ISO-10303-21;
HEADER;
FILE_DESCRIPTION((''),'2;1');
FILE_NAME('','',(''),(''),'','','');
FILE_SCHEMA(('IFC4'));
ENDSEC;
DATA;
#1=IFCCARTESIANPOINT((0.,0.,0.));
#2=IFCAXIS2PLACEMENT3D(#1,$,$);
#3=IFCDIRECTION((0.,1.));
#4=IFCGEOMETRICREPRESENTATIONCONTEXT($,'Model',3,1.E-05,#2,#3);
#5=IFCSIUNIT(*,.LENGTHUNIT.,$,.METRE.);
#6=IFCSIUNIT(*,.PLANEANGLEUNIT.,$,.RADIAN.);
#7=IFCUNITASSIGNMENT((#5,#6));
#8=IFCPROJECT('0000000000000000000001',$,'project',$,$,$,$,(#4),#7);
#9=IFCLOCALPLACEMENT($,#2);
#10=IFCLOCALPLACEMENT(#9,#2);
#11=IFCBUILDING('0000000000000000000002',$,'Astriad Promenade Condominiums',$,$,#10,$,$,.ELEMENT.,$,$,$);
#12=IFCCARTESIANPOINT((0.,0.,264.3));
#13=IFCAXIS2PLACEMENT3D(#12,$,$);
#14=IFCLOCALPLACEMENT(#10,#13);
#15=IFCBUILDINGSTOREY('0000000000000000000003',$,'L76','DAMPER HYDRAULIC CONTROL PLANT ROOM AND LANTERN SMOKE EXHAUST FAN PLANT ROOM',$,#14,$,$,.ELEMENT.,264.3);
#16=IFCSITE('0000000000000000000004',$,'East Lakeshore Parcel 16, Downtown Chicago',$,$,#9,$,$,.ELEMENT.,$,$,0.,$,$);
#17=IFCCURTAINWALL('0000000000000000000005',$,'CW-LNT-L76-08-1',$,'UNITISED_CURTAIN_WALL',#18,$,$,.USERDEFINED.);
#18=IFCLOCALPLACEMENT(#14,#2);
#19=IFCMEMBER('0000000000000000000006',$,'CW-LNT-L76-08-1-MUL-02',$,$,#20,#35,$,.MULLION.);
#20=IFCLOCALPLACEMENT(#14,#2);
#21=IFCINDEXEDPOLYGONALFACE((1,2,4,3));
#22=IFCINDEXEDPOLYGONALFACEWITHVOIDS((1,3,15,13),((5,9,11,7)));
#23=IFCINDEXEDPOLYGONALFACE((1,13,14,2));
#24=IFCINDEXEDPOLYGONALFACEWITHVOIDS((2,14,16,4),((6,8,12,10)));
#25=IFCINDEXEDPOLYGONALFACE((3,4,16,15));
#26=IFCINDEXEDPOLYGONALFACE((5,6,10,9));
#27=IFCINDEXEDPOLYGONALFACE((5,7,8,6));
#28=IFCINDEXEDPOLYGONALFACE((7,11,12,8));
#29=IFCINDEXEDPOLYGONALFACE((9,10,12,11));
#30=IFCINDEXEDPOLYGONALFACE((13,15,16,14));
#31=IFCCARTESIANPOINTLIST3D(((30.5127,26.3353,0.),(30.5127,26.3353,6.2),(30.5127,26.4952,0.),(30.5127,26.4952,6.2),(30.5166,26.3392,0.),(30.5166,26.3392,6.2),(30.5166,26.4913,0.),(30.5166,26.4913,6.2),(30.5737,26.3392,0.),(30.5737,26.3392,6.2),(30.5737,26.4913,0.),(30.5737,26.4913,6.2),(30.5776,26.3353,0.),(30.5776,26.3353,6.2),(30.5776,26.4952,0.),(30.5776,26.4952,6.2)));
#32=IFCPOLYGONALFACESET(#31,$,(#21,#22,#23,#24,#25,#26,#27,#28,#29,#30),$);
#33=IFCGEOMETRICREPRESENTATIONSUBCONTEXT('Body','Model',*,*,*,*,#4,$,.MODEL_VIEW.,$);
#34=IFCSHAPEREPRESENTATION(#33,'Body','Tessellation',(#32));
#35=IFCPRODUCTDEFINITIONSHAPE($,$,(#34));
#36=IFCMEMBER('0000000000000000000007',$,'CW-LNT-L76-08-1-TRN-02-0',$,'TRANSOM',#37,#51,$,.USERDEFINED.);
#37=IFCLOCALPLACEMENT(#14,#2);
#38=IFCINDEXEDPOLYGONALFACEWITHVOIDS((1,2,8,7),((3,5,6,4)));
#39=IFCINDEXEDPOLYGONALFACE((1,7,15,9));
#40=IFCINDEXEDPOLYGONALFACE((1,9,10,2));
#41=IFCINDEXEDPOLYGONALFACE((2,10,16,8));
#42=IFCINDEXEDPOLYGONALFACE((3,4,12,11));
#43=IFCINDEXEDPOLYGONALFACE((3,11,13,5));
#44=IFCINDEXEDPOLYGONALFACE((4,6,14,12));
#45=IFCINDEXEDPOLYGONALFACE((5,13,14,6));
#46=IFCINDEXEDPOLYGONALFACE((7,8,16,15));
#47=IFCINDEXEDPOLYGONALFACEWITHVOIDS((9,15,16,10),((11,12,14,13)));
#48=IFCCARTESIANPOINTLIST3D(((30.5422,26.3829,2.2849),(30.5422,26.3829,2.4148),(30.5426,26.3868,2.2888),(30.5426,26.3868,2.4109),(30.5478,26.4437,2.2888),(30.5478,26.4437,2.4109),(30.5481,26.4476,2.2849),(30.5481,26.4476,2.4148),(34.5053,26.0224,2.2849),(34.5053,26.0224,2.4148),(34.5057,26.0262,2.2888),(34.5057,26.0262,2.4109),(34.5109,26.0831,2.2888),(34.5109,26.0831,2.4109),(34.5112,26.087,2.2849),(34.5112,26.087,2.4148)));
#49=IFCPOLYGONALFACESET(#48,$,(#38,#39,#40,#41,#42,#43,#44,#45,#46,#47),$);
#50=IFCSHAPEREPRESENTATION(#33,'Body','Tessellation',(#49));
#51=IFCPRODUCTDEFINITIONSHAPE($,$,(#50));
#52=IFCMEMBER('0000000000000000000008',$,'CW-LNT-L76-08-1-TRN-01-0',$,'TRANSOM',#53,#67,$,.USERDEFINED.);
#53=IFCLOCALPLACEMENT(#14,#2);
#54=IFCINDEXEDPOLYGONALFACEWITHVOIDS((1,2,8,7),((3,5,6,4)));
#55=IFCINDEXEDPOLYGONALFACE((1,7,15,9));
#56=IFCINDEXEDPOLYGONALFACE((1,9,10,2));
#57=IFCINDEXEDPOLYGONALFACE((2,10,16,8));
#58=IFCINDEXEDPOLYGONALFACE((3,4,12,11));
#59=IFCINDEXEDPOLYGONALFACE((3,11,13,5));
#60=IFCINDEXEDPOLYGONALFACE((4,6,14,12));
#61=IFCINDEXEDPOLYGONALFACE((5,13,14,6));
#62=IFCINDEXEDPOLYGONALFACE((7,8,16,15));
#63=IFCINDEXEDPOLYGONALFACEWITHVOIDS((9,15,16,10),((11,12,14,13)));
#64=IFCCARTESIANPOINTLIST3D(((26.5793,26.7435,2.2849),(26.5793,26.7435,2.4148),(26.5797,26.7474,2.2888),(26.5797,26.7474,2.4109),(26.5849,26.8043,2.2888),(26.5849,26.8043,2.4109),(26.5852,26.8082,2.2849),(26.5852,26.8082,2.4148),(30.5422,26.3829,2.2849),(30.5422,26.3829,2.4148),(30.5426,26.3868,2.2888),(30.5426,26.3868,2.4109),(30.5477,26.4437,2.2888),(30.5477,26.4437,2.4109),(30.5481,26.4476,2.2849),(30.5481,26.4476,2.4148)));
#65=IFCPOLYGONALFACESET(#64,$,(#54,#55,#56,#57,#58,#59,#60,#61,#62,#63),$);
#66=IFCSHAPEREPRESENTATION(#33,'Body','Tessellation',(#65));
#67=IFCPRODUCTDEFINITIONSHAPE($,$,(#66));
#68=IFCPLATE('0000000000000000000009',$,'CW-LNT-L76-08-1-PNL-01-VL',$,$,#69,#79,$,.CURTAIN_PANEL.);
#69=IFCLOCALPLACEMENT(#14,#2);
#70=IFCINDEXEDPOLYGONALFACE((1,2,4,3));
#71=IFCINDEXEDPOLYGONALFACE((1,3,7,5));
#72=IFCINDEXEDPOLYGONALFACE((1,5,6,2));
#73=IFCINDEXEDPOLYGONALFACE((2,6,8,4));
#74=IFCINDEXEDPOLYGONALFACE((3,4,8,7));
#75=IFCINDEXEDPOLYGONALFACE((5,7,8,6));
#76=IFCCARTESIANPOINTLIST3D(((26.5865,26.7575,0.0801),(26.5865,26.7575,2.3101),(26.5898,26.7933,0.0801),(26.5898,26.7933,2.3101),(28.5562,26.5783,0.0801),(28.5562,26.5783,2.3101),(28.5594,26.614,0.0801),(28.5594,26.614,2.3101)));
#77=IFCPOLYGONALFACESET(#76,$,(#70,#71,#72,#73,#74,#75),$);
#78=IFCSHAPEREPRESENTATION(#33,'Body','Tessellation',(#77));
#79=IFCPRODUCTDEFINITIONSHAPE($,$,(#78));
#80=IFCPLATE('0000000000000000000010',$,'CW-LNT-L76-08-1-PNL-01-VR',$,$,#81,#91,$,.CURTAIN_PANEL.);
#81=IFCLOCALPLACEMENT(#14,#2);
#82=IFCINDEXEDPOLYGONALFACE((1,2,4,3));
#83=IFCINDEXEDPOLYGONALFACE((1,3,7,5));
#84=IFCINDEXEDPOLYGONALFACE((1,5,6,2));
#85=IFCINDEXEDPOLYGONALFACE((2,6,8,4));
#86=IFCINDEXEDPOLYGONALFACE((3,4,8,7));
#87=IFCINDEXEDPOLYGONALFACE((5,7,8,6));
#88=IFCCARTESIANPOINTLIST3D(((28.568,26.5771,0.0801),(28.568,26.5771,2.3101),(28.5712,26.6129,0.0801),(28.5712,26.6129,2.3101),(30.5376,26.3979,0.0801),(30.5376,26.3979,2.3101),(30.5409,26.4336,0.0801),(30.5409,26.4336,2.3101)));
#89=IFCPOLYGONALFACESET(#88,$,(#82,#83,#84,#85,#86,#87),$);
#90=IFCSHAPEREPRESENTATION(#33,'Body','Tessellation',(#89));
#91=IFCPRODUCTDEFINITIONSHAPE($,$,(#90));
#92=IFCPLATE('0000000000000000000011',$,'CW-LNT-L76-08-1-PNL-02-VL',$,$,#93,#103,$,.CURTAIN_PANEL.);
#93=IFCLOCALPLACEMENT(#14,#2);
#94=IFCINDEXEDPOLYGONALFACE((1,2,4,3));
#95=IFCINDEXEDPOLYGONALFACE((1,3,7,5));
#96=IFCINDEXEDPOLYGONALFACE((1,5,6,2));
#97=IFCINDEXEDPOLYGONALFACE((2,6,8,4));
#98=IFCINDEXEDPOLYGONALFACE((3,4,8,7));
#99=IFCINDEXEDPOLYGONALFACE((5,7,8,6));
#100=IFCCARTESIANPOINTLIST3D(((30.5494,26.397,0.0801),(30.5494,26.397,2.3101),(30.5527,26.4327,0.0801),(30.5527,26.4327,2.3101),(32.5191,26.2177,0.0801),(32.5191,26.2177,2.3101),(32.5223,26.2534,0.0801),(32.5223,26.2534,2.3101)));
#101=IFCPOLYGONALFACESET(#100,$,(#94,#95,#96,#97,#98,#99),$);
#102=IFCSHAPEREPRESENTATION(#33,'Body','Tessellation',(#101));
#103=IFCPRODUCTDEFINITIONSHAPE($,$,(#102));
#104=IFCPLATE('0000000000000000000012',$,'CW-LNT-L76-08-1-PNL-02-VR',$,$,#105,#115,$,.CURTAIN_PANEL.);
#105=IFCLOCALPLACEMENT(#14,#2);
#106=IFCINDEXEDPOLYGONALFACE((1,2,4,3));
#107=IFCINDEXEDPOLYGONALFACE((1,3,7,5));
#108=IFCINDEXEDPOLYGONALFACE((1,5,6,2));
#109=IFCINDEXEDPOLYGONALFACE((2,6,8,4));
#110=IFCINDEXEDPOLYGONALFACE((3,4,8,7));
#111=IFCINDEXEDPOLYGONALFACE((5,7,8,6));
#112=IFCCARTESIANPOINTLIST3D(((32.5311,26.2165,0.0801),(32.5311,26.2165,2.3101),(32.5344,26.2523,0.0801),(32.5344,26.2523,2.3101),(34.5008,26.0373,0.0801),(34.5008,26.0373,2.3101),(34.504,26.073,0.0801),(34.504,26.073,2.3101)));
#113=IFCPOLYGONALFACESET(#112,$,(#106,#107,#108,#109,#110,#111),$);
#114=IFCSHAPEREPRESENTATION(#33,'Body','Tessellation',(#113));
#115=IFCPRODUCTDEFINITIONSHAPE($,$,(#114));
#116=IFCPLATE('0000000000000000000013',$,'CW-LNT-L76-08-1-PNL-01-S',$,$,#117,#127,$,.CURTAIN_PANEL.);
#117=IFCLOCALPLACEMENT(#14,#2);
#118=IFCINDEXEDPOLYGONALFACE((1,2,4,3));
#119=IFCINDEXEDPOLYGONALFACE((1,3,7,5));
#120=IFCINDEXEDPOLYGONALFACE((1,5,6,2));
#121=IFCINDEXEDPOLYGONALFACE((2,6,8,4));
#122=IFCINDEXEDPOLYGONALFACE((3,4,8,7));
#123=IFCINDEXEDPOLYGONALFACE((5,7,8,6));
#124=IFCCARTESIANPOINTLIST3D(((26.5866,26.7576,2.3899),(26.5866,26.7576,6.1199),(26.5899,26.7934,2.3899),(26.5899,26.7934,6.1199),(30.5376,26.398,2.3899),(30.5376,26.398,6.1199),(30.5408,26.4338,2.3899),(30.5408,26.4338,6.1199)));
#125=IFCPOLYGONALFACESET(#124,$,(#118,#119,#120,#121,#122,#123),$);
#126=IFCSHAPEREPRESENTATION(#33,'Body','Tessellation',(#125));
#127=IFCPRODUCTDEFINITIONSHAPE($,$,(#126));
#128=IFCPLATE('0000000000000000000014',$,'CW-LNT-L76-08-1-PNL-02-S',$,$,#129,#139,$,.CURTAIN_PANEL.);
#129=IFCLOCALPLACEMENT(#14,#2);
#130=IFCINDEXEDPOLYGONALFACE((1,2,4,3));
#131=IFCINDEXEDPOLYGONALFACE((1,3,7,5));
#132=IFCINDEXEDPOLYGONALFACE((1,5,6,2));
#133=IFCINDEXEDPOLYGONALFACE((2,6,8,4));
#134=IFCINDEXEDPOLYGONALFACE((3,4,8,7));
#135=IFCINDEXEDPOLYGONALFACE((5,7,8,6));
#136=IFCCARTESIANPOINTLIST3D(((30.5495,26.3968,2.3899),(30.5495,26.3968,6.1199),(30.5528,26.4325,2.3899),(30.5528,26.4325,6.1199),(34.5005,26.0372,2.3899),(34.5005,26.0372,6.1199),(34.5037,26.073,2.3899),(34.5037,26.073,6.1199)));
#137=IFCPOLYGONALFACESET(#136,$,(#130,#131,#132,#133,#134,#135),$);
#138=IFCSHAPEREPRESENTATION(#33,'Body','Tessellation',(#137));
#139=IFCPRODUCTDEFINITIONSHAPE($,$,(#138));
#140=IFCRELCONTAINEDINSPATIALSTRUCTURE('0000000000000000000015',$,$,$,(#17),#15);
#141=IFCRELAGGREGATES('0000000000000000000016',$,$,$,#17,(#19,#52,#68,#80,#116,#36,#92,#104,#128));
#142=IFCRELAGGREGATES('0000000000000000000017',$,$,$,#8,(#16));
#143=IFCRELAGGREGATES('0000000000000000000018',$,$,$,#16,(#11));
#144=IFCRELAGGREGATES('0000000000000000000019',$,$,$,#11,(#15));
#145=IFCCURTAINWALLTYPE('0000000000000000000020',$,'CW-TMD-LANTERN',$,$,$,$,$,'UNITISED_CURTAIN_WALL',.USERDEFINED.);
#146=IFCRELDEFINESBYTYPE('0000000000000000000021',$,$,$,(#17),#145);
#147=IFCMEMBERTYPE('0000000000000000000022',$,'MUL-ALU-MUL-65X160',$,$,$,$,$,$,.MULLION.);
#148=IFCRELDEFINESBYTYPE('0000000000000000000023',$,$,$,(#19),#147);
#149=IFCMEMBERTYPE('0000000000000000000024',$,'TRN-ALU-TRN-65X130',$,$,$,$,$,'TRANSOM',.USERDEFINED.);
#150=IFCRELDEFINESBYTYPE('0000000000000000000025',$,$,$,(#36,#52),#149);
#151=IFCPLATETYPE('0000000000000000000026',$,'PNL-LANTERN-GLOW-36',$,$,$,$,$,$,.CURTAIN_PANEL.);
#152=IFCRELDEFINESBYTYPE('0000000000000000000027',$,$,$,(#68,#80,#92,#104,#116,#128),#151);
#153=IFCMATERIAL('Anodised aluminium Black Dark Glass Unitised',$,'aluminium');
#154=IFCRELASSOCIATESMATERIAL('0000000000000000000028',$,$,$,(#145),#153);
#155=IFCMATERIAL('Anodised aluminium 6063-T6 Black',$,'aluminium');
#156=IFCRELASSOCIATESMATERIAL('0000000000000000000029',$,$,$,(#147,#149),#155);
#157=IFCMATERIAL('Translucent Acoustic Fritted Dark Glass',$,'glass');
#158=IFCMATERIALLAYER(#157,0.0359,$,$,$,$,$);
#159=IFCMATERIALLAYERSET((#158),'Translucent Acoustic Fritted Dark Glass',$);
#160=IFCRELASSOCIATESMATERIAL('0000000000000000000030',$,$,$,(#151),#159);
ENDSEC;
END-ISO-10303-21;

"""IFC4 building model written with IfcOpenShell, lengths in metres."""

from ifc_helpers import new_model, si_unit, direction, frame, origin, origin_2d, place, context, subcontext, project, spatial, rectangle, hollow_rectangle, extrude, source, transform, mapped, material, layer, layer_set, material_profile, profile_set, type_object, type_shapes, element, aggregate, save


model = new_model("IFC4")

# Units and contexts
model_context = context("Model", 3, precision=1e-05, world=origin(), true_north=direction((0.0, 1.0)))
body_context = subcontext(model_context, "Body", "Model", "MODEL_VIEW")
ifc_project = project(units=[si_unit("LENGTHUNIT", "METRE"), si_unit("PLANEANGLEUNIT", "RADIAN")], contexts=[model_context])

# Site, building, storey
site_placement = place(None, origin())
site = spatial("IfcSite", under=ifc_project, at=site_placement, Name="East Lakeshore Parcel 16, Downtown Chicago", CompositionType="ELEMENT", RefElevation=0.0)
building_placement = place(site_placement, origin())
building = spatial("IfcBuilding", under=site, at=building_placement, Name="Astriad Promenade Condominiums", CompositionType="ELEMENT")
storey_placement = place(building_placement, frame((0.0, 0.0, 264.3)))
storey = spatial("IfcBuildingStorey", under=building, at=storey_placement, Name="L76", Description="DAMPER HYDRAULIC CONTROL PLANT ROOM AND LANTERN SMOKE EXHAUST FAN PLANT ROOM", CompositionType="ELEMENT", Elevation=264.3)

# Curtain wall, members, plates
ifc_material_1 = material(Name="Anodised aluminium Black Dark Glass Unitised", Category="aluminium")
curtain_wall_type = type_object("IfcCurtainWallType", Name="CW-TMD-LANTERN", ElementType="UNITISED_CURTAIN_WALL", PredefinedType="USERDEFINED", material=ifc_material_1)
curtain_wall_placement = place(storey_placement, origin())
curtain_wall = element("IfcCurtainWall", 1, at=curtain_wall_placement, inside=storey, type_object=curtain_wall_type, Name="CW-LNT-L76-08-1", ObjectType="UNITISED_CURTAIN_WALL", PredefinedType="USERDEFINED")
ifc_material_2 = material(Name="Anodised aluminium 6063-T6 Black", Category="aluminium")
ifc_material_profile_1 = material_profile(ifc_material_2, hollow_rectangle(XDim=0.0649, YDim=0.1599, WallThickness=0.0039, at=origin_2d()), Name="ALU-MUL-65X160")
ifc_profile_set_1 = profile_set([ifc_material_profile_1], Name="Anodised aluminium 6063-T6 Black")
member_type_1 = type_object("IfcMemberType", Name="MUL-ALU-MUL-65X160", PredefinedType="MULLION", material=ifc_profile_set_1)
shared_shape_1 = source(origin(), body_context, "Body", "SweptSolid", [
    extrude(hollow_rectangle(XDim=0.0649, YDim=0.1599, WallThickness=0.0039, at=origin_2d()), origin(), (0.0, 0.0, 1.0), 6.2),
])
type_shapes(member_type_1, [shared_shape_1])
member_1_placement = place(storey_placement, frame((30.5452, 26.4153, 0.0), z_axis=(0.0, 0.0, 1.0), x_axis=(1.0, 0.0, 0.0)))
member_1 = element("IfcMember", 2, at=member_1_placement, type_object=member_type_1, Name="CW-LNT-L76-08-1-MUL-02", PredefinedType="MULLION", context=body_context, shape_type="MappedRepresentation", body=[
    mapped(shared_shape_1, transform((0.0, 0.0, 0.0), scale=1.0)),
])
ifc_material_profile_2 = material_profile(ifc_material_2, hollow_rectangle(XDim=0.0649, YDim=0.1299, WallThickness=0.0039, at=origin_2d()), Name="ALU-TRN-65X130")
ifc_profile_set_2 = profile_set([ifc_material_profile_2], Name="Anodised aluminium 6063-T6 Black")
member_type_2 = type_object("IfcMemberType", Name="TRN-ALU-TRN-65X130", ElementType="TRANSOM", PredefinedType="USERDEFINED", material=ifc_profile_set_2)
shared_shape_2 = source(origin(), body_context, "Body", "SweptSolid", [
    extrude(hollow_rectangle(XDim=0.0649, YDim=0.1299, WallThickness=0.0039, at=origin_2d()), origin(), (0.0, 0.0, 1.0), 3.9795),
])
member_2_placement = place(storey_placement, frame((30.5452, 26.4153, 2.3499), z_axis=(0.995886, -0.090613, 0.0), x_axis=(0.090613, 0.995886, 0.0)))
member_2 = element("IfcMember", 3, at=member_2_placement, type_object=member_type_2, Name="CW-LNT-L76-08-1-TRN-02-0", ObjectType="TRANSOM", PredefinedType="USERDEFINED", context=body_context, shape_type="MappedRepresentation", body=[
    mapped(shared_shape_2, transform((0.0, 0.0, 0.0), scale=1.0)),
])
shared_shape_3 = source(origin(), body_context, "Body", "SweptSolid", [
    extrude(hollow_rectangle(XDim=0.0649, YDim=0.1299, WallThickness=0.0039, at=origin_2d()), origin(), (0.0, 0.0, 1.0), 3.9792),
])
type_shapes(member_type_2, [shared_shape_2, shared_shape_3])
member_3_placement = place(storey_placement, frame((26.5823, 26.7759, 2.3499), z_axis=(0.995886, -0.090619, 0.0), x_axis=(0.090619, 0.995886, 0.0)))
member_3 = element("IfcMember", 4, at=member_3_placement, type_object=member_type_2, Name="CW-LNT-L76-08-1-TRN-01-0", ObjectType="TRANSOM", PredefinedType="USERDEFINED", context=body_context, shape_type="MappedRepresentation", body=[
    mapped(shared_shape_3, transform((0.0, 0.0, 0.0), scale=1.0)),
])
ifc_material_3 = material(Name="Translucent Acoustic Fritted Dark Glass", Category="glass")
ifc_layer_1 = layer(ifc_material_3, 0.0359)
ifc_layer_set_1 = layer_set([ifc_layer_1], Name="Translucent Acoustic Fritted Dark Glass")
plate_type = type_object("IfcPlateType", Name="PNL-LANTERN-GLOW-36", PredefinedType="CURTAIN_PANEL", material=ifc_layer_set_1)
shared_shape_4 = source(origin(), body_context, "Body", "SweptSolid", [
    extrude(rectangle(XDim=1.9778, YDim=0.0359, at=origin_2d()), origin(), (0.0, 0.0, 1.0), 2.23),
])
plate_1_placement = place(storey_placement, frame((27.573, 26.6858, 0.0801), z_axis=(0.0, 0.0, 1.0), x_axis=(0.995884, -0.090633, 0.0)))
plate_1 = element("IfcPlate", 5, at=plate_1_placement, type_object=plate_type, Name="CW-LNT-L76-08-1-PNL-01-VL", PredefinedType="CURTAIN_PANEL", context=body_context, shape_type="MappedRepresentation", body=[
    mapped(shared_shape_4, transform((0.0, 0.0, 0.0), scale=1.0)),
])
plate_2_placement = place(storey_placement, frame((29.5544, 26.5054, 0.0801), z_axis=(0.0, 0.0, 1.0), x_axis=(0.995884, -0.090633, 0.0)))
plate_2 = element("IfcPlate", 6, at=plate_2_placement, type_object=plate_type, Name="CW-LNT-L76-08-1-PNL-01-VR", PredefinedType="CURTAIN_PANEL", context=body_context, shape_type="MappedRepresentation", body=[
    mapped(shared_shape_4, transform((0.0, 0.0, 0.0), scale=1.0)),
])
plate_3_placement = place(storey_placement, frame((31.5359, 26.3252, 0.0801), z_axis=(0.0, 0.0, 1.0), x_axis=(0.995884, -0.090633, 0.0)))
plate_3 = element("IfcPlate", 7, at=plate_3_placement, type_object=plate_type, Name="CW-LNT-L76-08-1-PNL-02-VL", PredefinedType="CURTAIN_PANEL", context=body_context, shape_type="MappedRepresentation", body=[
    mapped(shared_shape_4, transform((0.0, 0.0, 0.0), scale=1.0)),
])
plate_4_placement = place(storey_placement, frame((33.5176, 26.1448, 0.0801), z_axis=(0.0, 0.0, 1.0), x_axis=(0.995884, -0.090633, 0.0)))
plate_4 = element("IfcPlate", 8, at=plate_4_placement, type_object=plate_type, Name="CW-LNT-L76-08-1-PNL-02-VR", PredefinedType="CURTAIN_PANEL", context=body_context, shape_type="MappedRepresentation", body=[
    mapped(shared_shape_4, transform((0.0, 0.0, 0.0), scale=1.0)),
])
shared_shape_5 = source(origin(), body_context, "Body", "SweptSolid", [
    extrude(rectangle(XDim=3.9673, YDim=0.0359, at=origin_2d()), origin(), (0.0, 0.0, 1.0), 3.73),
])
type_shapes(plate_type, [shared_shape_4, shared_shape_5])
plate_5_placement = place(storey_placement, frame((28.5637, 26.5957, 2.3899), z_axis=(0.0, 0.0, 1.0), x_axis=(0.995884, -0.090633, 0.0)))
plate_5 = element("IfcPlate", 9, at=plate_5_placement, type_object=plate_type, Name="CW-LNT-L76-08-1-PNL-01-S", PredefinedType="CURTAIN_PANEL", context=body_context, shape_type="MappedRepresentation", body=[
    mapped(shared_shape_5, transform((0.0, 0.0, 0.0), scale=1.0)),
])
plate_6_placement = place(storey_placement, frame((32.5266, 26.2349, 2.3899), z_axis=(0.0, 0.0, 1.0), x_axis=(0.995884, -0.090633, 0.0)))
plate_6 = element("IfcPlate", 10, at=plate_6_placement, type_object=plate_type, Name="CW-LNT-L76-08-1-PNL-02-S", PredefinedType="CURTAIN_PANEL", context=body_context, shape_type="MappedRepresentation", body=[
    mapped(shared_shape_5, transform((0.0, 0.0, 0.0), scale=1.0)),
])
aggregate(curtain_wall, [member_1, member_3, plate_1, plate_2, plate_5, member_2, plate_3, plate_4, plate_6])

save(model, "model.ifc")
